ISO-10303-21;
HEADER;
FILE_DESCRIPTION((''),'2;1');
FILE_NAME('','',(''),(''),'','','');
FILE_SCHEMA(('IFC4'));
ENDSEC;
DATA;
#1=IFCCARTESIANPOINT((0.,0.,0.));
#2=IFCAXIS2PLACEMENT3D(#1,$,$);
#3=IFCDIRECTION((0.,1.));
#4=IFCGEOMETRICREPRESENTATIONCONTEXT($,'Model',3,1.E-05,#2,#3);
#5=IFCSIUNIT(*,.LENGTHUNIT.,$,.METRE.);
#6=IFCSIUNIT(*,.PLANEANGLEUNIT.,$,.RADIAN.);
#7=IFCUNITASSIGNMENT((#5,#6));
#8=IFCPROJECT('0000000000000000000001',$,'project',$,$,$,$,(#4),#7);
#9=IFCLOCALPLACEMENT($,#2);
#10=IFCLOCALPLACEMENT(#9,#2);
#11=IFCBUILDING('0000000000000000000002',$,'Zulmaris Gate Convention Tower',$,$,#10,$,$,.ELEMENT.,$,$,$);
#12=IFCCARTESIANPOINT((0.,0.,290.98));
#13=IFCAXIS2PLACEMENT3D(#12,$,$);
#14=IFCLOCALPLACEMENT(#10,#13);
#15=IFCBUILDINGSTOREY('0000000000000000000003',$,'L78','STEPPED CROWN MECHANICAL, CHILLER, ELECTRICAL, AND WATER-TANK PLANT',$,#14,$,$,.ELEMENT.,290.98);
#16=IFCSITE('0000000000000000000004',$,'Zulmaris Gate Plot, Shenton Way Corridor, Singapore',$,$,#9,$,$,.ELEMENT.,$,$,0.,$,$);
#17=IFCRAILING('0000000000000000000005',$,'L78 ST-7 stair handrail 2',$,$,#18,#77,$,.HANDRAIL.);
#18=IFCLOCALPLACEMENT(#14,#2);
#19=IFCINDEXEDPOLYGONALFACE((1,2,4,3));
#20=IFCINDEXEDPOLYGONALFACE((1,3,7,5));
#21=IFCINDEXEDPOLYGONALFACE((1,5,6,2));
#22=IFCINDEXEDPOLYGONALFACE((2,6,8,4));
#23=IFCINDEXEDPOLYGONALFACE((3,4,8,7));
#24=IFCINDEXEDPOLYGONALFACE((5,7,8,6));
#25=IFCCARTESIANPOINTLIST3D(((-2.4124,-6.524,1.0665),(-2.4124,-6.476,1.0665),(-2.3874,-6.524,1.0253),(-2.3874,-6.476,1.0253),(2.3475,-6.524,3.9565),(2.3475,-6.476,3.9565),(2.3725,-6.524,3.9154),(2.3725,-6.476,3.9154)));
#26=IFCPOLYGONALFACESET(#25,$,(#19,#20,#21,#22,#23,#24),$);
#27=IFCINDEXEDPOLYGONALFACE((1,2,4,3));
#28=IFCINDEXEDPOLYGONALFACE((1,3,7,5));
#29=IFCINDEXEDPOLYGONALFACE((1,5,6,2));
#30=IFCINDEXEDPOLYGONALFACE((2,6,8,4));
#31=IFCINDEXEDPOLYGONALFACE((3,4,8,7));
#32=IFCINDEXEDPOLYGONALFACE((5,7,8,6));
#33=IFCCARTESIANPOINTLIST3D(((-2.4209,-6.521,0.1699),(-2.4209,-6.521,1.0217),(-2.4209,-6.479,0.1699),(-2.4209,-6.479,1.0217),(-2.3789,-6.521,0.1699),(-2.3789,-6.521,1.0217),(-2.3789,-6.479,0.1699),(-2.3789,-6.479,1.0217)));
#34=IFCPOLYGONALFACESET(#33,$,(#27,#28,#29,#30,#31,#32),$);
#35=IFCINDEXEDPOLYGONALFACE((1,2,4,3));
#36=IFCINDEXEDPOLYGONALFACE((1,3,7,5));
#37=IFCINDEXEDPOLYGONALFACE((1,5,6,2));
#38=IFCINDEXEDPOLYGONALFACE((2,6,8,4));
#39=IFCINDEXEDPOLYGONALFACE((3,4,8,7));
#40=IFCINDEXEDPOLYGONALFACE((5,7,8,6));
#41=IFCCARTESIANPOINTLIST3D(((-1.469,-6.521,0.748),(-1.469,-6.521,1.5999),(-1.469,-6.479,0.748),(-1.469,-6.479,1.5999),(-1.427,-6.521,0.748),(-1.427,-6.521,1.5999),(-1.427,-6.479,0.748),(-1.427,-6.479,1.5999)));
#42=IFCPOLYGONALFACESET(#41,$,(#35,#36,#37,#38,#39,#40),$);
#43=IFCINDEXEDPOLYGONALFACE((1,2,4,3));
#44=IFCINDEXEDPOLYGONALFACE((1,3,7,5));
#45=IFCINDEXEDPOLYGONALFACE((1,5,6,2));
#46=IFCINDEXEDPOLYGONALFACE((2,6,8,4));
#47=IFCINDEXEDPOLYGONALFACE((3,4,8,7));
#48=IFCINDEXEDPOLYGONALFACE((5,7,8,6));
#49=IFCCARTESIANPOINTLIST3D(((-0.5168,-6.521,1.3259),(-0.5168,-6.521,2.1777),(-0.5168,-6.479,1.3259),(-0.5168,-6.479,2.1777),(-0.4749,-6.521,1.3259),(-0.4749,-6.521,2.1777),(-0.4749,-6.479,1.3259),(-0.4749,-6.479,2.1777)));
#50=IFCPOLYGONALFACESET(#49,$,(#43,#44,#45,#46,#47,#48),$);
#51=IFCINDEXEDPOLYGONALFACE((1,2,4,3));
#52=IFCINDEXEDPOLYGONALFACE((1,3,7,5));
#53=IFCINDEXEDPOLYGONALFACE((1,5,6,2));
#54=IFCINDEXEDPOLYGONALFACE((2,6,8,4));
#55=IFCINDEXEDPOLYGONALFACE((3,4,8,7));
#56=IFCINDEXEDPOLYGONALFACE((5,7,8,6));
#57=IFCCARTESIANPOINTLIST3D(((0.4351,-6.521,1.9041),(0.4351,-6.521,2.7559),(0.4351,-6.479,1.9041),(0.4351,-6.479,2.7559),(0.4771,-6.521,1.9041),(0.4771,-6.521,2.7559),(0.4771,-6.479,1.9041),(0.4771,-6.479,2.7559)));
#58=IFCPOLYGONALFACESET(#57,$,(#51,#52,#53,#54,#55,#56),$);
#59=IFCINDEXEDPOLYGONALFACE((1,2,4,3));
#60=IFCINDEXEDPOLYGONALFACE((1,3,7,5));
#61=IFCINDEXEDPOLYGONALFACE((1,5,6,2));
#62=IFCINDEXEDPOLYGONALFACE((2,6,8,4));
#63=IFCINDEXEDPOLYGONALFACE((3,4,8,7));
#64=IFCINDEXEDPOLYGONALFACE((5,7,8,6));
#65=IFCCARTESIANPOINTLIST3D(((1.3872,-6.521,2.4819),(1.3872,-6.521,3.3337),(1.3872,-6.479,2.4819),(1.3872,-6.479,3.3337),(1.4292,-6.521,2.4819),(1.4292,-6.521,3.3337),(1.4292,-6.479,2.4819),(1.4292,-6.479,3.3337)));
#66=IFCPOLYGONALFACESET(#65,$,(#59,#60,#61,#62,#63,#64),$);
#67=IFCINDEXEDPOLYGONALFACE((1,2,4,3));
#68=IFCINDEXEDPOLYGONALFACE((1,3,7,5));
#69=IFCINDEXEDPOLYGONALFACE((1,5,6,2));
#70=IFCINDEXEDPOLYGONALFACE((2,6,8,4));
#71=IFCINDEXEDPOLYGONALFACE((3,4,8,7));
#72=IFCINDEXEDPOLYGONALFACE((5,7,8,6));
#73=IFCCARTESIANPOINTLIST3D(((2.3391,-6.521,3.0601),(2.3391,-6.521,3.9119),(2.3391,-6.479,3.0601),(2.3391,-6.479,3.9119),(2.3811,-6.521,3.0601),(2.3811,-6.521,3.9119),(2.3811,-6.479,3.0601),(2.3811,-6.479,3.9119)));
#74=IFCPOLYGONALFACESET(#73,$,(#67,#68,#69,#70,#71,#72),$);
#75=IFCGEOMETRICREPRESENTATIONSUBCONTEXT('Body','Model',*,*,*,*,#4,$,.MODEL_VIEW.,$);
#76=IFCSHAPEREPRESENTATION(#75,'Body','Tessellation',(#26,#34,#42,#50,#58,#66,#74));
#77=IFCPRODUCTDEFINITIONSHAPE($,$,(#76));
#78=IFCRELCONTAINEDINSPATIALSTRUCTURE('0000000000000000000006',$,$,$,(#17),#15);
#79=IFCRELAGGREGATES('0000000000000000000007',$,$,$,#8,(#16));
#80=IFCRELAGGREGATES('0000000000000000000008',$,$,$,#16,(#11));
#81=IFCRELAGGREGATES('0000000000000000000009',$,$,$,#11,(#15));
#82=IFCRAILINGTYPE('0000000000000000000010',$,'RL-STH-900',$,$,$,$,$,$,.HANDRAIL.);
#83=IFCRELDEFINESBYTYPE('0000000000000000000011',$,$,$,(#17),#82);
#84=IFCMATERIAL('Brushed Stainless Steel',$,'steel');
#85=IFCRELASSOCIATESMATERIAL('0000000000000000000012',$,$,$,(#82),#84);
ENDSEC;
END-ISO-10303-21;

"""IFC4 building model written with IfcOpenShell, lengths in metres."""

from ifc_helpers import new_model, si_unit, direction, frame, origin, origin_2d, place, context, subcontext, project, spatial, rectangle, extrude, material, type_object, element, save


model = new_model("IFC4")

# Units and contexts
model_context = context("Model", 3, precision=1e-05, world=origin(), true_north=direction((0.0, 1.0)))
body_context = subcontext(model_context, "Body", "Model", "MODEL_VIEW")
ifc_project = project(units=[si_unit("LENGTHUNIT", "METRE"), si_unit("PLANEANGLEUNIT", "RADIAN")], contexts=[model_context])

# Site, building, storey
site_placement = place(None, origin())
site = spatial("IfcSite", under=ifc_project, at=site_placement, Name="Zulmaris Gate Plot, Shenton Way Corridor, Singapore", CompositionType="ELEMENT", RefElevation=0.0)
building_placement = place(site_placement, origin())
building = spatial("IfcBuilding", under=site, at=building_placement, Name="Zulmaris Gate Convention Tower", CompositionType="ELEMENT")
storey_placement = place(building_placement, frame((0.0, 0.0, 290.98)))
storey = spatial("IfcBuildingStorey", under=building, at=storey_placement, Name="L78", Description="STEPPED CROWN MECHANICAL, CHILLER, ELECTRICAL, AND WATER-TANK PLANT", CompositionType="ELEMENT", Elevation=290.98)

# Railing
ifc_material_1 = material(Name="Brushed Stainless Steel", Category="steel")
railing_type_1 = type_object("IfcRailingType", Name="RL-STH-900", PredefinedType="HANDRAIL", material=ifc_material_1)
for number, where, name in (
    (1, (-2.3999, -6.5, 0.1699), "L78 ST-7 stair handrail 2"),
):
    element("IfcRailing", number, at=place(storey_placement, frame(where)), inside=storey, type_object=railing_type_1, Name=name, PredefinedType="HANDRAIL", context=body_context, shape_type="SweptSolid", body=[
        extrude(rectangle(XDim=0.0481, YDim=0.0481, at=origin_2d()), frame((0.0, 0.0, 0.876), z_axis=(0.854777, 0.0, 0.518995), x_axis=(0.0, 1.0, 0.0)), (0.0, 0.0, 1.0), 5.5686),
        extrude(rectangle(XDim=0.042, YDim=0.042, at=origin_2d()), origin(), (0.0, 0.0, 1.0), 0.8518),
        extrude(rectangle(XDim=0.042, YDim=0.042, at=origin_2d()), frame((0.9519, 0.0, 0.5781)), (0.0, 0.0, 1.0), 0.8518),
        extrude(rectangle(XDim=0.042, YDim=0.042, at=origin_2d()), frame((1.9041, 0.0, 1.156)), (0.0, 0.0, 1.0), 0.8518),
        extrude(rectangle(XDim=0.042, YDim=0.042, at=origin_2d()), frame((2.856, 0.0, 1.7341)), (0.0, 0.0, 1.0), 0.8518),
        extrude(rectangle(XDim=0.042, YDim=0.042, at=origin_2d()), frame((3.8081, 0.0, 2.312)), (0.0, 0.0, 1.0), 0.8518),
        extrude(rectangle(XDim=0.042, YDim=0.042, at=origin_2d()), frame((4.76, 0.0, 2.8901)), (0.0, 0.0, 1.0), 0.8518),
    ])

save(model, "model.ifc")
